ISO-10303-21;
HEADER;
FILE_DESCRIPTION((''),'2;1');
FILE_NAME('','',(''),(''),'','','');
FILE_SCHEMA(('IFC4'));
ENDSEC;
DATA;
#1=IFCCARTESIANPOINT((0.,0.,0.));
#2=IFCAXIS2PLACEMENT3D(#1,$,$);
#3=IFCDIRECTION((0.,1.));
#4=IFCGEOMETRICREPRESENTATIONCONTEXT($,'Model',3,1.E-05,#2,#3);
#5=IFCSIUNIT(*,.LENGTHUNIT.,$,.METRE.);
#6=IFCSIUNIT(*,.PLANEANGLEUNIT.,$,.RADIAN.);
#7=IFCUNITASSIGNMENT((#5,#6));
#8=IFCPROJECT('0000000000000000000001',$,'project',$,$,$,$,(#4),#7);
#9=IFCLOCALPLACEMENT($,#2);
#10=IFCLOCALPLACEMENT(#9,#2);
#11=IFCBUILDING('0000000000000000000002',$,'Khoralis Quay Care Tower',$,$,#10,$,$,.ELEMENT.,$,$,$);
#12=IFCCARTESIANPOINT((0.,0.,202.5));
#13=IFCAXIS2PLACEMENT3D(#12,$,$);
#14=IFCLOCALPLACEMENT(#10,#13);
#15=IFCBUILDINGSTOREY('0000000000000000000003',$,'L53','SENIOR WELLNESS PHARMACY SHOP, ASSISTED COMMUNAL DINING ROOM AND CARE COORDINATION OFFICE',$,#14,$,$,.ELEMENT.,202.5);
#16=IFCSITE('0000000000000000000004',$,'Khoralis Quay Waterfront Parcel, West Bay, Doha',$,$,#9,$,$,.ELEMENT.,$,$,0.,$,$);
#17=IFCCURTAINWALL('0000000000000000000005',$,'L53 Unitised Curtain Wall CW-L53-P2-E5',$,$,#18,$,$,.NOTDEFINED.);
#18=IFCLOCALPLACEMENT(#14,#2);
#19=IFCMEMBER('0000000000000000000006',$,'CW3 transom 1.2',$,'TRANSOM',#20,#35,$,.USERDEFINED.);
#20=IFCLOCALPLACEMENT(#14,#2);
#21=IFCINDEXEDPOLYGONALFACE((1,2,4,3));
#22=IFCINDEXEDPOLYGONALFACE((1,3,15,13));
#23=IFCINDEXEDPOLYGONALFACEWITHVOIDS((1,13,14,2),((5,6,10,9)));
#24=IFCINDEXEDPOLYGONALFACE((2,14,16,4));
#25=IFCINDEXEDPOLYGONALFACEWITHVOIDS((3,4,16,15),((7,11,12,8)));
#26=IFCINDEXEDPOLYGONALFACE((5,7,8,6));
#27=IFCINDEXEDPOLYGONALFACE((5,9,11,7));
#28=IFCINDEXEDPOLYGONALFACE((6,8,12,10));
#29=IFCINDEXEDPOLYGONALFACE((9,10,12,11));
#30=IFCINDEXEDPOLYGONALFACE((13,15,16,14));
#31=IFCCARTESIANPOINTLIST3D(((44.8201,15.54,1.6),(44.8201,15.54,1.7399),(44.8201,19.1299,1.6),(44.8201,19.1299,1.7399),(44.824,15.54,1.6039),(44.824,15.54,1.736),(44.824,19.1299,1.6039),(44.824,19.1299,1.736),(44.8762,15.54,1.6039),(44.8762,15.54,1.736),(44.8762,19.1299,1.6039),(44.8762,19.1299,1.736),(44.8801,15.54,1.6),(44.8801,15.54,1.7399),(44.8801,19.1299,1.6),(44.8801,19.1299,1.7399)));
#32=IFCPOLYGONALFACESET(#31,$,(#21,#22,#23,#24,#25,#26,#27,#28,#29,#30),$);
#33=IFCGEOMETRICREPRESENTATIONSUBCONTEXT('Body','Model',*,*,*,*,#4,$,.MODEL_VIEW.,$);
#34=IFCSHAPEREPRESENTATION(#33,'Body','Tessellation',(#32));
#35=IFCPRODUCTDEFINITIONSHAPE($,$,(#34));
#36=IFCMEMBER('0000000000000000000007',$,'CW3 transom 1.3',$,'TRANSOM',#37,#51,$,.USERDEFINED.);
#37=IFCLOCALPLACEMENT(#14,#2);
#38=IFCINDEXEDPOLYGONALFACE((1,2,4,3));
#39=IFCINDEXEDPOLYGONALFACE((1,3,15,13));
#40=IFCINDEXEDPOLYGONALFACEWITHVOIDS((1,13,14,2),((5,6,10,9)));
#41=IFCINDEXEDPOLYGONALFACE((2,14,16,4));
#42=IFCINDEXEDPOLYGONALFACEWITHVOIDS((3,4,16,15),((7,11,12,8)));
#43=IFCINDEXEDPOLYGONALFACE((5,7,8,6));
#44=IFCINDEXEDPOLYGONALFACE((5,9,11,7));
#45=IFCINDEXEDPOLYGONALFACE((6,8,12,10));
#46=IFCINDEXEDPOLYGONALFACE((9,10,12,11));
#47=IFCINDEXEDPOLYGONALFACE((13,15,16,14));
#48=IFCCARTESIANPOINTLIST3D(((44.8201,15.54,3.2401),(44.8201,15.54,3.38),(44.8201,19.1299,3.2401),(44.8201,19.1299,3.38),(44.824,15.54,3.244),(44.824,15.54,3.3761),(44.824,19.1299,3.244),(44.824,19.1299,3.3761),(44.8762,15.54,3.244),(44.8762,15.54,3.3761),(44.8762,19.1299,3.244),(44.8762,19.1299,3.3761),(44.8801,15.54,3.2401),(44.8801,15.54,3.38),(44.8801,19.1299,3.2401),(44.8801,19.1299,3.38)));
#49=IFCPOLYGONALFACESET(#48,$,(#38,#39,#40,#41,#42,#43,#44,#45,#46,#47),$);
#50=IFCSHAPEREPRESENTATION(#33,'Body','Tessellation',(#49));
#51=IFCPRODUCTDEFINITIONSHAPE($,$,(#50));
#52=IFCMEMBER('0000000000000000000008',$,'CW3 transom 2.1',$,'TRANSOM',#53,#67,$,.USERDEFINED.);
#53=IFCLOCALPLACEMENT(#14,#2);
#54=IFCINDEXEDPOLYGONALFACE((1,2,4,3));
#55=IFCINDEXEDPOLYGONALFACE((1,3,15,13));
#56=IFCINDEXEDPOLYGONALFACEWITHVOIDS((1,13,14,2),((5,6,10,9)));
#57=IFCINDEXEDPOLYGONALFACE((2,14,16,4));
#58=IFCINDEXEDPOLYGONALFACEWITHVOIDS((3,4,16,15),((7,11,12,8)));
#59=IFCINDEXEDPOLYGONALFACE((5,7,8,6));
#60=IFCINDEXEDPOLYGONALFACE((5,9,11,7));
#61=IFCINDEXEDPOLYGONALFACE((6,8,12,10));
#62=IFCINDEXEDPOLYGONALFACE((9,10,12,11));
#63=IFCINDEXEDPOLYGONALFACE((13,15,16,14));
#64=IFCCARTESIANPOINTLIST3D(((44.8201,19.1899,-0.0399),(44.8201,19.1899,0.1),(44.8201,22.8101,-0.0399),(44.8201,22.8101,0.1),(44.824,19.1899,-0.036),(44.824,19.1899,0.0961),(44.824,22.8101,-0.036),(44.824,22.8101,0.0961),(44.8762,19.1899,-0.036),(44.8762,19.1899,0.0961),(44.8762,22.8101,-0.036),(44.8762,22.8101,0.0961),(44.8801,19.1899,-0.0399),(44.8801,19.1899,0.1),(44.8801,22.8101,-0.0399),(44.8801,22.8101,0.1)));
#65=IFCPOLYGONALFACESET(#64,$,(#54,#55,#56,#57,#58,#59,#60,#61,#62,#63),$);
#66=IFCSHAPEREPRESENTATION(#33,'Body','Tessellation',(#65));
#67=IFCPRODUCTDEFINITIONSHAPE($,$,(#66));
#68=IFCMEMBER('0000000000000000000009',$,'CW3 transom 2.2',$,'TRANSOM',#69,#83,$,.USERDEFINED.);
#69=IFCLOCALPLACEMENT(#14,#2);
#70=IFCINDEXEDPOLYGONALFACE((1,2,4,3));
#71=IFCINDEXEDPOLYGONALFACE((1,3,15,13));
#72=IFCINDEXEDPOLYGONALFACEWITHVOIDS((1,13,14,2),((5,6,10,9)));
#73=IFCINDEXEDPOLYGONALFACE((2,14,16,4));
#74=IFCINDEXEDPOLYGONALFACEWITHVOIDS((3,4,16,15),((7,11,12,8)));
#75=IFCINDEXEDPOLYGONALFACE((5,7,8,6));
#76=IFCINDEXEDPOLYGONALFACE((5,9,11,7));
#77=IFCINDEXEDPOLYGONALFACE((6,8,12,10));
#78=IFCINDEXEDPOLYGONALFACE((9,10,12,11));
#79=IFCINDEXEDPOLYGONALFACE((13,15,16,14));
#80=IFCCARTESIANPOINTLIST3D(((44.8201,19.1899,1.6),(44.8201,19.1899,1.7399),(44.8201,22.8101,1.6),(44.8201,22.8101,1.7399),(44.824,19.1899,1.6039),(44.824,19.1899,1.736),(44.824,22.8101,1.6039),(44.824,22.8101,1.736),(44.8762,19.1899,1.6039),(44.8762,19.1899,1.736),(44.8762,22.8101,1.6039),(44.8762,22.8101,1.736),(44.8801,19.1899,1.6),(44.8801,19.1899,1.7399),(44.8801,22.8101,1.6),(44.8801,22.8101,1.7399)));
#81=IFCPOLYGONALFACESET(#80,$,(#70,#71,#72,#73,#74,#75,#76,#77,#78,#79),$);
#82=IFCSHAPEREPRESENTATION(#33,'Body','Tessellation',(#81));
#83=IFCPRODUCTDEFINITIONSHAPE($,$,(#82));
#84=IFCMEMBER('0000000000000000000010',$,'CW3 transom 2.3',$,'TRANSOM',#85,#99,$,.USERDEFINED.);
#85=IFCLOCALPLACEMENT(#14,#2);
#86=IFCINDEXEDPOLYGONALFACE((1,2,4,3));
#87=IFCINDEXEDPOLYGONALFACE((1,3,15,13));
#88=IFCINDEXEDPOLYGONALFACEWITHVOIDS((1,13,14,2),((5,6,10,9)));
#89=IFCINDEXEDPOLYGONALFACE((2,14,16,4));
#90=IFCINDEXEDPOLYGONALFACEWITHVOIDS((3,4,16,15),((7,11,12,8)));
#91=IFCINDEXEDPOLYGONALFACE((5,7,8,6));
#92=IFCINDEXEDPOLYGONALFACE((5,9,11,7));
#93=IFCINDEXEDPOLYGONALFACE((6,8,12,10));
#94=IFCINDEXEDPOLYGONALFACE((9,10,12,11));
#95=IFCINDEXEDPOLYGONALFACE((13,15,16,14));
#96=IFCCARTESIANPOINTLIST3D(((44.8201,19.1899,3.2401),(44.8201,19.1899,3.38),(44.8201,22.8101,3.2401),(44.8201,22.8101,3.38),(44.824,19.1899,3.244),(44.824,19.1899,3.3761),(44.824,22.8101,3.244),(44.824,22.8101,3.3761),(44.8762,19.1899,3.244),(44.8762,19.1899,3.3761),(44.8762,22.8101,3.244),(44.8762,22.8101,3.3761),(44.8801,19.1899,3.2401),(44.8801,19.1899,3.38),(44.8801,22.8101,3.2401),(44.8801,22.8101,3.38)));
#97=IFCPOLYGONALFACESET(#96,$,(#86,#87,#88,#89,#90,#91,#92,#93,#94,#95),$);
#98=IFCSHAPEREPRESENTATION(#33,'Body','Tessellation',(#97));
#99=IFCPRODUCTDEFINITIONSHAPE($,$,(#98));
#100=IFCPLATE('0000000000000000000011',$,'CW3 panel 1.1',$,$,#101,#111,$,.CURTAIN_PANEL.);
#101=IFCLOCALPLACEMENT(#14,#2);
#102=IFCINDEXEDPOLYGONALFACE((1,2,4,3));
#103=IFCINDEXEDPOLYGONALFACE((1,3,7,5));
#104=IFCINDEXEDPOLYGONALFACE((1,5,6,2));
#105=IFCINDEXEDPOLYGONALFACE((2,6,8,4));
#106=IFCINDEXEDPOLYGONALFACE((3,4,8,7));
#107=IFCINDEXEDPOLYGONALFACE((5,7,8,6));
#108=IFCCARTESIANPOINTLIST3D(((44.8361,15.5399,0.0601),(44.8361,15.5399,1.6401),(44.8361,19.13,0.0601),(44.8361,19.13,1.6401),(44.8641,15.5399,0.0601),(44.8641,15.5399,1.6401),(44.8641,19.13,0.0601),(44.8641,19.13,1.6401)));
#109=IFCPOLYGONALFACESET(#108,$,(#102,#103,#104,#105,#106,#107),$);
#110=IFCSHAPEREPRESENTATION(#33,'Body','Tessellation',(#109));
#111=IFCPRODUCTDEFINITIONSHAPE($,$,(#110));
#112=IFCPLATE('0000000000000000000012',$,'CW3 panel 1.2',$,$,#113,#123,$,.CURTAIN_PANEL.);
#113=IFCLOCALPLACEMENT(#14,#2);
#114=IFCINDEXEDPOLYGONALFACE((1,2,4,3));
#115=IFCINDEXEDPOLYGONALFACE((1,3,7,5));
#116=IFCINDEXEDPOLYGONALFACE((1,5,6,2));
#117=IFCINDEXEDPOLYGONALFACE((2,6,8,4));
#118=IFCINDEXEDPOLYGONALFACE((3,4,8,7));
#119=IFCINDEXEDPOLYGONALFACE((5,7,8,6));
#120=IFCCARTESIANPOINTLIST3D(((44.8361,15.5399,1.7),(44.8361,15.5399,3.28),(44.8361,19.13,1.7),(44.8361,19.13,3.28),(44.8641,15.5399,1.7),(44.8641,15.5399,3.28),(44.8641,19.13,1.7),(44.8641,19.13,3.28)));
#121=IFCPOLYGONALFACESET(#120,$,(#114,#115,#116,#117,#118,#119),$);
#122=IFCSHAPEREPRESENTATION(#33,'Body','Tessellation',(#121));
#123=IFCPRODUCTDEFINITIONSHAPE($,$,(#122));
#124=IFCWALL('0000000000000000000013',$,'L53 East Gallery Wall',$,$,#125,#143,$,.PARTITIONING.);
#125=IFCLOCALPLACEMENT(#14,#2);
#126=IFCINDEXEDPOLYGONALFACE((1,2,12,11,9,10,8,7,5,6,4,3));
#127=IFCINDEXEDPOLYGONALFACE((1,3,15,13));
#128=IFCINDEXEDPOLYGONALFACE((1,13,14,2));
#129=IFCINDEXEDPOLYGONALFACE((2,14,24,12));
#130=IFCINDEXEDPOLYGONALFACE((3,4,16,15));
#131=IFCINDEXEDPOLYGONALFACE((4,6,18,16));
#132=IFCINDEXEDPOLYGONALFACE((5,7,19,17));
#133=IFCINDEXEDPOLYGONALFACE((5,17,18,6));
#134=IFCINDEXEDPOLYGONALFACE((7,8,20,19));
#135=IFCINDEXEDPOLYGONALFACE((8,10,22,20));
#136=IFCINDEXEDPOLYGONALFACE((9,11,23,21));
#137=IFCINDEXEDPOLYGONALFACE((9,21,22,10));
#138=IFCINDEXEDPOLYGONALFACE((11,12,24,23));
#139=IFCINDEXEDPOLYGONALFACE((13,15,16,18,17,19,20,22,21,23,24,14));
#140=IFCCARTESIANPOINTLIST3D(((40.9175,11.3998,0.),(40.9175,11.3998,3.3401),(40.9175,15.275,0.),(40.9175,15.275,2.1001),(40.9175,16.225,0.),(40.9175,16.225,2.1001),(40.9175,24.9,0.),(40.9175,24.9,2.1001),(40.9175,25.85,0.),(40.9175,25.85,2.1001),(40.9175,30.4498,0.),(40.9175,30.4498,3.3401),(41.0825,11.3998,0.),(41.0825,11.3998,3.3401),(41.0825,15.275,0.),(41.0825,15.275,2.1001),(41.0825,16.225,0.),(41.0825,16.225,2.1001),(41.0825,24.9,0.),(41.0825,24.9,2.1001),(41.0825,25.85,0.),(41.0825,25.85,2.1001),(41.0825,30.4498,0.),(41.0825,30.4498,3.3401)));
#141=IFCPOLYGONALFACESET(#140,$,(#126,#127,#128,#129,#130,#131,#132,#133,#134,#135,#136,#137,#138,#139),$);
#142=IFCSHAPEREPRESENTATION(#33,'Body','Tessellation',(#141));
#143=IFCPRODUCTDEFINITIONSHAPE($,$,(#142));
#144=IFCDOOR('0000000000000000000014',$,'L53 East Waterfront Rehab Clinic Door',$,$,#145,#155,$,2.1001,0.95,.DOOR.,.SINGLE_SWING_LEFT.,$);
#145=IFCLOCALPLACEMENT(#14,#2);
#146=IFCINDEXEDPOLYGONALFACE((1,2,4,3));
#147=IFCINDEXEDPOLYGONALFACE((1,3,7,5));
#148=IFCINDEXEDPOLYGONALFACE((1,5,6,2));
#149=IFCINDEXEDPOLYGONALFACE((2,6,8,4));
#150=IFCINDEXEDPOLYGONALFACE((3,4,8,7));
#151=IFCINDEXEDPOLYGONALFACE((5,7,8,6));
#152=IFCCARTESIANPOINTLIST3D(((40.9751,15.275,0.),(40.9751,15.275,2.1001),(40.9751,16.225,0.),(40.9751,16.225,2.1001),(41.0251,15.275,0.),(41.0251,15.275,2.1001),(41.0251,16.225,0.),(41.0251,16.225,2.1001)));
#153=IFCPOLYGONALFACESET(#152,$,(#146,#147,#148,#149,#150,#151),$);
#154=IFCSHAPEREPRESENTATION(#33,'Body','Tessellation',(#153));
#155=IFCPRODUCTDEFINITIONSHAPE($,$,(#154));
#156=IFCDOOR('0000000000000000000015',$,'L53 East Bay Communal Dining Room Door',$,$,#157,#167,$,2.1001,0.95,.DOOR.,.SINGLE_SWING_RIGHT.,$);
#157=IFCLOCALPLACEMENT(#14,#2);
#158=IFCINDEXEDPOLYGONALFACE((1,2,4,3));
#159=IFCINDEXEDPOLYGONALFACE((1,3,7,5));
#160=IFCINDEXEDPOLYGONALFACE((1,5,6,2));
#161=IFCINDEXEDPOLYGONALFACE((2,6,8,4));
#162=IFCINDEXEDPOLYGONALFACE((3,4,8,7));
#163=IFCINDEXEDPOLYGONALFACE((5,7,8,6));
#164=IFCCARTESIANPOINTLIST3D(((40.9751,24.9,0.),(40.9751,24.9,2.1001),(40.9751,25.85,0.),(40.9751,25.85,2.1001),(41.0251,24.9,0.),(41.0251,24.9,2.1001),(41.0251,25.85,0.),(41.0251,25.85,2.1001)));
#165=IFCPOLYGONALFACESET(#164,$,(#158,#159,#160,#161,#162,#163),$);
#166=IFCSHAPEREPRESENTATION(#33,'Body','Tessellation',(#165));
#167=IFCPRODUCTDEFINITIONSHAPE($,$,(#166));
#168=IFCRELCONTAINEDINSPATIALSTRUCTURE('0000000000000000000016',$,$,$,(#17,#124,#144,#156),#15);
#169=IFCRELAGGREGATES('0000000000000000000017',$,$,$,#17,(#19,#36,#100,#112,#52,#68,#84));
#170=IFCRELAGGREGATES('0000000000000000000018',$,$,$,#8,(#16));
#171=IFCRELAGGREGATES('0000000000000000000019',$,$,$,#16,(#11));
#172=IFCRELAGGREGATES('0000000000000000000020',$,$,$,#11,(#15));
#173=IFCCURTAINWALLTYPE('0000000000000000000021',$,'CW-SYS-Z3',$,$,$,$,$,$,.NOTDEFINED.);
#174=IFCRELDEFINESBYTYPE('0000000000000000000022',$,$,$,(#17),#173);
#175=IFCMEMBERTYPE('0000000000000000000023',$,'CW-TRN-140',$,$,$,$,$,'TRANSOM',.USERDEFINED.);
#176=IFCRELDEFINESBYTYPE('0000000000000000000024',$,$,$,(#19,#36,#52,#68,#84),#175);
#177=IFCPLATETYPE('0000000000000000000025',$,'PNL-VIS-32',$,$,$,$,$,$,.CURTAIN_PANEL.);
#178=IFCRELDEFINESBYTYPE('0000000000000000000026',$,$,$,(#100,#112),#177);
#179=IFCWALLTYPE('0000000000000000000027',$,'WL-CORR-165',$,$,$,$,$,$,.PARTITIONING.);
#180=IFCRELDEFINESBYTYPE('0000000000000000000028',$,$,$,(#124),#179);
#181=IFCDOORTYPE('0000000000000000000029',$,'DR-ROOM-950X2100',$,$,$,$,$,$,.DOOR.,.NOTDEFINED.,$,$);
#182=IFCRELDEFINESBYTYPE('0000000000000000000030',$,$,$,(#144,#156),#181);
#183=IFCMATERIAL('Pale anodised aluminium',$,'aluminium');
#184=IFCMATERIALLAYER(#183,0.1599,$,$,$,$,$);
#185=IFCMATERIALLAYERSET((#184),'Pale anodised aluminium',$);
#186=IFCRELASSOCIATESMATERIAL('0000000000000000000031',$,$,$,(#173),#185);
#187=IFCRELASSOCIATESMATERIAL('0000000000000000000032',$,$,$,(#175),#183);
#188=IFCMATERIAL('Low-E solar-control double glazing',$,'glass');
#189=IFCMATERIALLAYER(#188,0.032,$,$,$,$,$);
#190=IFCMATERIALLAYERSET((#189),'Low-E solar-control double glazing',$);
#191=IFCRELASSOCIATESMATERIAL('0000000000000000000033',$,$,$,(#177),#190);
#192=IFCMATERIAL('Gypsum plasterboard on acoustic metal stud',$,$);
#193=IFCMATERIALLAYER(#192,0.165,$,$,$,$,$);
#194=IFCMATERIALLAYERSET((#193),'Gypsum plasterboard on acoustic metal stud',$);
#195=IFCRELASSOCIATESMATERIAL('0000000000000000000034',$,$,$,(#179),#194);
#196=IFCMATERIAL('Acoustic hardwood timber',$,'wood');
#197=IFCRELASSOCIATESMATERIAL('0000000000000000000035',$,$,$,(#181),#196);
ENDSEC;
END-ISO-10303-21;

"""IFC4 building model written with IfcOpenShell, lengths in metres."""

from ifc_helpers import new_model, si_unit, direction, frame, frame_2d, origin, origin_2d, place, context, subcontext, project, spatial, rectangle, hollow_rectangle, extrude, source, transform, mapped, material, layer, layer_set, material_profile, profile_set, type_object, element, fill, aggregate, save


model = new_model("IFC4")

# Units and contexts
model_context = context("Model", 3, precision=1e-05, world=origin(), true_north=direction((0.0, 1.0)))
body_context = subcontext(model_context, "Body", "Model", "MODEL_VIEW")
ifc_project = project(units=[si_unit("LENGTHUNIT", "METRE"), si_unit("PLANEANGLEUNIT", "RADIAN")], contexts=[model_context])

# Site, building, storey
site_placement = place(None, origin())
site = spatial("IfcSite", under=ifc_project, at=site_placement, Name="Khoralis Quay Waterfront Parcel, West Bay, Doha", CompositionType="ELEMENT", RefElevation=0.0)
building_placement = place(site_placement, origin())
building = spatial("IfcBuilding", under=site, at=building_placement, Name="Khoralis Quay Care Tower", CompositionType="ELEMENT")
storey_placement = place(building_placement, frame((0.0, 0.0, 202.5)))
storey = spatial("IfcBuildingStorey", under=building, at=storey_placement, Name="L53", Description="SENIOR WELLNESS PHARMACY SHOP, ASSISTED COMMUNAL DINING ROOM AND CARE COORDINATION OFFICE", CompositionType="ELEMENT", Elevation=202.5)

# Curtain wall, members, plates
ifc_material_1 = material(Name="Pale anodised aluminium", Category="aluminium")
ifc_layer_1 = layer(ifc_material_1, 0.1599)
ifc_layer_set_1 = layer_set([ifc_layer_1], Name="Pale anodised aluminium")
curtain_wall_type = type_object("IfcCurtainWallType", Name="CW-SYS-Z3", PredefinedType="NOTDEFINED", material=ifc_layer_set_1)
curtain_wall_placement = place(storey_placement, origin())
curtain_wall = element("IfcCurtainWall", 1, at=curtain_wall_placement, inside=storey, type_object=curtain_wall_type, Name="L53 Unitised Curtain Wall CW-L53-P2-E5", PredefinedType="NOTDEFINED")
ifc_material_profile_1 = material_profile(ifc_material_1, hollow_rectangle(XDim=0.0601, YDim=0.1399, WallThickness=0.0039, at=origin_2d()), Name="Pale anodised aluminium")
ifc_profile_set_1 = profile_set([ifc_material_profile_1], Name="Pale anodised aluminium")
member_type_1 = type_object("IfcMemberType", Name="CW-TRN-140", ElementType="TRANSOM", PredefinedType="USERDEFINED", material=ifc_profile_set_1)
shared_shape_1 = source(origin(), body_context, "Body", "SweptSolid", [
    extrude(hollow_rectangle(XDim=0.0601, YDim=0.1399, WallThickness=0.0039, at=origin_2d()), origin(), (0.0, 0.0, 1.0), 3.5898),
])
member_1_placement = place(storey_placement, frame((44.8501, 15.54, 1.6699), z_axis=(0.0, 1.0, 0.0), x_axis=(-1.0, 0.0, 0.0)))
member_1 = element("IfcMember", 2, at=member_1_placement, type_object=member_type_1, Name="CW3 transom 1.2", ObjectType="TRANSOM", PredefinedType="USERDEFINED", context=body_context, shape_type="MappedRepresentation", body=[
    mapped(shared_shape_1, transform((0.0, 0.0, 0.0), scale=1.0)),
])
member_2_placement = place(storey_placement, frame((44.8501, 15.54, 3.3101), z_axis=(0.0, 1.0, 0.0), x_axis=(-1.0, 0.0, 0.0)))
member_2 = element("IfcMember", 3, at=member_2_placement, type_object=member_type_1, Name="CW3 transom 1.3", ObjectType="TRANSOM", PredefinedType="USERDEFINED", context=body_context, shape_type="MappedRepresentation", body=[
    mapped(shared_shape_1, transform((0.0, 0.0, 0.0), scale=1.0)),
])
shared_shape_2 = source(origin(), body_context, "Body", "SweptSolid", [
    extrude(hollow_rectangle(XDim=0.0601, YDim=0.1399, WallThickness=0.0039, at=origin_2d()), origin(), (0.0, 0.0, 1.0), 3.6201),
])
member_3_placement = place(storey_placement, frame((44.8501, 19.1899, 0.03), z_axis=(0.0, 1.0, 0.0), x_axis=(-1.0, 0.0, 0.0)))
member_3 = element("IfcMember", 4, at=member_3_placement, type_object=member_type_1, Name="CW3 transom 2.1", ObjectType="TRANSOM", PredefinedType="USERDEFINED", context=body_context, shape_type="MappedRepresentation", body=[
    mapped(shared_shape_2, transform((0.0, 0.0, 0.0), scale=1.0)),
])
member_4_placement = place(storey_placement, frame((44.8501, 19.1899, 1.6699), z_axis=(0.0, 1.0, 0.0), x_axis=(-1.0, 0.0, 0.0)))
member_4 = element("IfcMember", 5, at=member_4_placement, type_object=member_type_1, Name="CW3 transom 2.2", ObjectType="TRANSOM", PredefinedType="USERDEFINED", context=body_context, shape_type="MappedRepresentation", body=[
    mapped(shared_shape_2, transform((0.0, 0.0, 0.0), scale=1.0)),
])
member_5_placement = place(storey_placement, frame((44.8501, 19.1899, 3.3101), z_axis=(0.0, 1.0, 0.0), x_axis=(-1.0, 0.0, 0.0)))
member_5 = element("IfcMember", 6, at=member_5_placement, type_object=member_type_1, Name="CW3 transom 2.3", ObjectType="TRANSOM", PredefinedType="USERDEFINED", context=body_context, shape_type="MappedRepresentation", body=[
    mapped(shared_shape_2, transform((0.0, 0.0, 0.0), scale=1.0)),
])
ifc_material_2 = material(Name="Low-E solar-control double glazing", Category="glass")
ifc_layer_2 = layer(ifc_material_2, 0.032)
ifc_layer_set_2 = layer_set([ifc_layer_2], Name="Low-E solar-control double glazing")
plate_type = type_object("IfcPlateType", Name="PNL-VIS-32", PredefinedType="CURTAIN_PANEL", material=ifc_layer_set_2)
shared_shape_3 = source(origin(), body_context, "Body", "SweptSolid", [
    extrude(rectangle(XDim=3.5901, YDim=0.0281, at=origin_2d()), origin(), (0.0, 0.0, 1.0), 1.5801),
])
plate_1_placement = place(storey_placement, frame((44.8501, 17.335, 0.0601), z_axis=(0.0, 0.0, 1.0), x_axis=(0.0, 1.0, 0.0)))
plate_1 = element("IfcPlate", 7, at=plate_1_placement, type_object=plate_type, Name="CW3 panel 1.1", PredefinedType="CURTAIN_PANEL", context=body_context, shape_type="MappedRepresentation", body=[
    mapped(shared_shape_3, transform((0.0, 0.0, 0.0), scale=1.0)),
])
plate_2_placement = place(storey_placement, frame((44.8501, 17.335, 1.7), z_axis=(0.0, 0.0, 1.0), x_axis=(0.0, 1.0, 0.0)))
plate_2 = element("IfcPlate", 8, at=plate_2_placement, type_object=plate_type, Name="CW3 panel 1.2", PredefinedType="CURTAIN_PANEL", context=body_context, shape_type="MappedRepresentation", body=[
    mapped(shared_shape_3, transform((0.0, 0.0, 0.0), scale=1.0)),
])
aggregate(curtain_wall, [member_1, member_2, plate_1, plate_2, member_3, member_4, member_5])

# Wall, openings, doors
ifc_material_3 = material(Name="Gypsum plasterboard on acoustic metal stud")
ifc_layer_3 = layer(ifc_material_3, 0.165)
ifc_layer_set_3 = layer_set([ifc_layer_3], Name="Gypsum plasterboard on acoustic metal stud")
wall_type = type_object("IfcWallType", Name="WL-CORR-165", PredefinedType="PARTITIONING", material=ifc_layer_set_3)
wall_1_placement = place(storey_placement, frame((41.0, 11.3999, 0.0), z_axis=(0.0, 0.0, 1.0), x_axis=(0.0, 1.0, 0.0)))
wall_1 = element("IfcWall", 9, at=wall_1_placement, inside=storey, type_object=wall_type, Name="L53 East Gallery Wall", PredefinedType="PARTITIONING", context=body_context, shape_type="SweptSolid", body=[
    extrude(rectangle(XDim=19.05, YDim=0.165, at=frame_2d((9.5249, 0.0))), origin(), (0.0, 0.0, 1.0), 3.3401),
])
opening_1_placement = place(wall_1_placement, frame((3.875, 0.0, 0.0)))
opening_1 = element("IfcOpeningElement", 10, at=opening_1_placement, cuts=wall_1, PredefinedType="OPENING", context=body_context, shape_type="SweptSolid", body=[
    extrude(rectangle(XDim=0.95, YDim=2.1001, at=frame_2d((0.4751, 1.05))), frame((0.0, 0.0925, 0.0), z_axis=(0.0, -1.0, 0.0), x_axis=(1.0, 0.0, 0.0)), (0.0, 0.0, 1.0), 0.1851),
])
opening_2_placement = place(wall_1_placement, frame((13.5, 0.0, 0.0)))
opening_2 = element("IfcOpeningElement", 11, at=opening_2_placement, cuts=wall_1, PredefinedType="OPENING", context=body_context, shape_type="SweptSolid", body=[
    extrude(rectangle(XDim=0.95, YDim=2.1001, at=frame_2d((0.4751, 1.05))), frame((0.0, 0.0925, 0.0), z_axis=(0.0, -1.0, 0.0), x_axis=(1.0, 0.0, 0.0)), (0.0, 0.0, 1.0), 0.1851),
])
ifc_material_4 = material(Name="Acoustic hardwood timber", Category="wood")
door_type = type_object("IfcDoorType", Name="DR-ROOM-950X2100", OperationType="NOTDEFINED", PredefinedType="DOOR", material=ifc_material_4)
shared_shape_4 = source(origin(), body_context, "Body", "SweptSolid", [
    extrude(rectangle(XDim=0.95, YDim=2.1001, at=frame_2d((0.4751, 1.05))), frame((0.0, 0.0249, 0.0), z_axis=(0.0, -1.0, 0.0), x_axis=(1.0, 0.0, 0.0)), (0.0, 0.0, 1.0), 0.05),
])
door_1_placement = place(opening_1_placement, origin())
door_1 = element("IfcDoor", 12, at=door_1_placement, inside=storey, type_object=door_type, Name="L53 East Waterfront Rehab Clinic Door", OperationType="SINGLE_SWING_LEFT", OverallHeight=2.1001, OverallWidth=0.95, PredefinedType="DOOR", context=body_context, shape_type="MappedRepresentation", body=[
    mapped(shared_shape_4, transform((0.0, 0.0, 0.0), scale=1.0)),
])
fill(opening_1, door_1)
door_2_placement = place(opening_2_placement, origin())
door_2 = element("IfcDoor", 13, at=door_2_placement, inside=storey, type_object=door_type, Name="L53 East Bay Communal Dining Room Door", OperationType="SINGLE_SWING_RIGHT", OverallHeight=2.1001, OverallWidth=0.95, PredefinedType="DOOR", context=body_context, shape_type="MappedRepresentation", body=[
    mapped(shared_shape_4, transform((0.0, 0.0, 0.0), scale=1.0)),
])
fill(opening_2, door_2)

save(model, "model.ifc")
